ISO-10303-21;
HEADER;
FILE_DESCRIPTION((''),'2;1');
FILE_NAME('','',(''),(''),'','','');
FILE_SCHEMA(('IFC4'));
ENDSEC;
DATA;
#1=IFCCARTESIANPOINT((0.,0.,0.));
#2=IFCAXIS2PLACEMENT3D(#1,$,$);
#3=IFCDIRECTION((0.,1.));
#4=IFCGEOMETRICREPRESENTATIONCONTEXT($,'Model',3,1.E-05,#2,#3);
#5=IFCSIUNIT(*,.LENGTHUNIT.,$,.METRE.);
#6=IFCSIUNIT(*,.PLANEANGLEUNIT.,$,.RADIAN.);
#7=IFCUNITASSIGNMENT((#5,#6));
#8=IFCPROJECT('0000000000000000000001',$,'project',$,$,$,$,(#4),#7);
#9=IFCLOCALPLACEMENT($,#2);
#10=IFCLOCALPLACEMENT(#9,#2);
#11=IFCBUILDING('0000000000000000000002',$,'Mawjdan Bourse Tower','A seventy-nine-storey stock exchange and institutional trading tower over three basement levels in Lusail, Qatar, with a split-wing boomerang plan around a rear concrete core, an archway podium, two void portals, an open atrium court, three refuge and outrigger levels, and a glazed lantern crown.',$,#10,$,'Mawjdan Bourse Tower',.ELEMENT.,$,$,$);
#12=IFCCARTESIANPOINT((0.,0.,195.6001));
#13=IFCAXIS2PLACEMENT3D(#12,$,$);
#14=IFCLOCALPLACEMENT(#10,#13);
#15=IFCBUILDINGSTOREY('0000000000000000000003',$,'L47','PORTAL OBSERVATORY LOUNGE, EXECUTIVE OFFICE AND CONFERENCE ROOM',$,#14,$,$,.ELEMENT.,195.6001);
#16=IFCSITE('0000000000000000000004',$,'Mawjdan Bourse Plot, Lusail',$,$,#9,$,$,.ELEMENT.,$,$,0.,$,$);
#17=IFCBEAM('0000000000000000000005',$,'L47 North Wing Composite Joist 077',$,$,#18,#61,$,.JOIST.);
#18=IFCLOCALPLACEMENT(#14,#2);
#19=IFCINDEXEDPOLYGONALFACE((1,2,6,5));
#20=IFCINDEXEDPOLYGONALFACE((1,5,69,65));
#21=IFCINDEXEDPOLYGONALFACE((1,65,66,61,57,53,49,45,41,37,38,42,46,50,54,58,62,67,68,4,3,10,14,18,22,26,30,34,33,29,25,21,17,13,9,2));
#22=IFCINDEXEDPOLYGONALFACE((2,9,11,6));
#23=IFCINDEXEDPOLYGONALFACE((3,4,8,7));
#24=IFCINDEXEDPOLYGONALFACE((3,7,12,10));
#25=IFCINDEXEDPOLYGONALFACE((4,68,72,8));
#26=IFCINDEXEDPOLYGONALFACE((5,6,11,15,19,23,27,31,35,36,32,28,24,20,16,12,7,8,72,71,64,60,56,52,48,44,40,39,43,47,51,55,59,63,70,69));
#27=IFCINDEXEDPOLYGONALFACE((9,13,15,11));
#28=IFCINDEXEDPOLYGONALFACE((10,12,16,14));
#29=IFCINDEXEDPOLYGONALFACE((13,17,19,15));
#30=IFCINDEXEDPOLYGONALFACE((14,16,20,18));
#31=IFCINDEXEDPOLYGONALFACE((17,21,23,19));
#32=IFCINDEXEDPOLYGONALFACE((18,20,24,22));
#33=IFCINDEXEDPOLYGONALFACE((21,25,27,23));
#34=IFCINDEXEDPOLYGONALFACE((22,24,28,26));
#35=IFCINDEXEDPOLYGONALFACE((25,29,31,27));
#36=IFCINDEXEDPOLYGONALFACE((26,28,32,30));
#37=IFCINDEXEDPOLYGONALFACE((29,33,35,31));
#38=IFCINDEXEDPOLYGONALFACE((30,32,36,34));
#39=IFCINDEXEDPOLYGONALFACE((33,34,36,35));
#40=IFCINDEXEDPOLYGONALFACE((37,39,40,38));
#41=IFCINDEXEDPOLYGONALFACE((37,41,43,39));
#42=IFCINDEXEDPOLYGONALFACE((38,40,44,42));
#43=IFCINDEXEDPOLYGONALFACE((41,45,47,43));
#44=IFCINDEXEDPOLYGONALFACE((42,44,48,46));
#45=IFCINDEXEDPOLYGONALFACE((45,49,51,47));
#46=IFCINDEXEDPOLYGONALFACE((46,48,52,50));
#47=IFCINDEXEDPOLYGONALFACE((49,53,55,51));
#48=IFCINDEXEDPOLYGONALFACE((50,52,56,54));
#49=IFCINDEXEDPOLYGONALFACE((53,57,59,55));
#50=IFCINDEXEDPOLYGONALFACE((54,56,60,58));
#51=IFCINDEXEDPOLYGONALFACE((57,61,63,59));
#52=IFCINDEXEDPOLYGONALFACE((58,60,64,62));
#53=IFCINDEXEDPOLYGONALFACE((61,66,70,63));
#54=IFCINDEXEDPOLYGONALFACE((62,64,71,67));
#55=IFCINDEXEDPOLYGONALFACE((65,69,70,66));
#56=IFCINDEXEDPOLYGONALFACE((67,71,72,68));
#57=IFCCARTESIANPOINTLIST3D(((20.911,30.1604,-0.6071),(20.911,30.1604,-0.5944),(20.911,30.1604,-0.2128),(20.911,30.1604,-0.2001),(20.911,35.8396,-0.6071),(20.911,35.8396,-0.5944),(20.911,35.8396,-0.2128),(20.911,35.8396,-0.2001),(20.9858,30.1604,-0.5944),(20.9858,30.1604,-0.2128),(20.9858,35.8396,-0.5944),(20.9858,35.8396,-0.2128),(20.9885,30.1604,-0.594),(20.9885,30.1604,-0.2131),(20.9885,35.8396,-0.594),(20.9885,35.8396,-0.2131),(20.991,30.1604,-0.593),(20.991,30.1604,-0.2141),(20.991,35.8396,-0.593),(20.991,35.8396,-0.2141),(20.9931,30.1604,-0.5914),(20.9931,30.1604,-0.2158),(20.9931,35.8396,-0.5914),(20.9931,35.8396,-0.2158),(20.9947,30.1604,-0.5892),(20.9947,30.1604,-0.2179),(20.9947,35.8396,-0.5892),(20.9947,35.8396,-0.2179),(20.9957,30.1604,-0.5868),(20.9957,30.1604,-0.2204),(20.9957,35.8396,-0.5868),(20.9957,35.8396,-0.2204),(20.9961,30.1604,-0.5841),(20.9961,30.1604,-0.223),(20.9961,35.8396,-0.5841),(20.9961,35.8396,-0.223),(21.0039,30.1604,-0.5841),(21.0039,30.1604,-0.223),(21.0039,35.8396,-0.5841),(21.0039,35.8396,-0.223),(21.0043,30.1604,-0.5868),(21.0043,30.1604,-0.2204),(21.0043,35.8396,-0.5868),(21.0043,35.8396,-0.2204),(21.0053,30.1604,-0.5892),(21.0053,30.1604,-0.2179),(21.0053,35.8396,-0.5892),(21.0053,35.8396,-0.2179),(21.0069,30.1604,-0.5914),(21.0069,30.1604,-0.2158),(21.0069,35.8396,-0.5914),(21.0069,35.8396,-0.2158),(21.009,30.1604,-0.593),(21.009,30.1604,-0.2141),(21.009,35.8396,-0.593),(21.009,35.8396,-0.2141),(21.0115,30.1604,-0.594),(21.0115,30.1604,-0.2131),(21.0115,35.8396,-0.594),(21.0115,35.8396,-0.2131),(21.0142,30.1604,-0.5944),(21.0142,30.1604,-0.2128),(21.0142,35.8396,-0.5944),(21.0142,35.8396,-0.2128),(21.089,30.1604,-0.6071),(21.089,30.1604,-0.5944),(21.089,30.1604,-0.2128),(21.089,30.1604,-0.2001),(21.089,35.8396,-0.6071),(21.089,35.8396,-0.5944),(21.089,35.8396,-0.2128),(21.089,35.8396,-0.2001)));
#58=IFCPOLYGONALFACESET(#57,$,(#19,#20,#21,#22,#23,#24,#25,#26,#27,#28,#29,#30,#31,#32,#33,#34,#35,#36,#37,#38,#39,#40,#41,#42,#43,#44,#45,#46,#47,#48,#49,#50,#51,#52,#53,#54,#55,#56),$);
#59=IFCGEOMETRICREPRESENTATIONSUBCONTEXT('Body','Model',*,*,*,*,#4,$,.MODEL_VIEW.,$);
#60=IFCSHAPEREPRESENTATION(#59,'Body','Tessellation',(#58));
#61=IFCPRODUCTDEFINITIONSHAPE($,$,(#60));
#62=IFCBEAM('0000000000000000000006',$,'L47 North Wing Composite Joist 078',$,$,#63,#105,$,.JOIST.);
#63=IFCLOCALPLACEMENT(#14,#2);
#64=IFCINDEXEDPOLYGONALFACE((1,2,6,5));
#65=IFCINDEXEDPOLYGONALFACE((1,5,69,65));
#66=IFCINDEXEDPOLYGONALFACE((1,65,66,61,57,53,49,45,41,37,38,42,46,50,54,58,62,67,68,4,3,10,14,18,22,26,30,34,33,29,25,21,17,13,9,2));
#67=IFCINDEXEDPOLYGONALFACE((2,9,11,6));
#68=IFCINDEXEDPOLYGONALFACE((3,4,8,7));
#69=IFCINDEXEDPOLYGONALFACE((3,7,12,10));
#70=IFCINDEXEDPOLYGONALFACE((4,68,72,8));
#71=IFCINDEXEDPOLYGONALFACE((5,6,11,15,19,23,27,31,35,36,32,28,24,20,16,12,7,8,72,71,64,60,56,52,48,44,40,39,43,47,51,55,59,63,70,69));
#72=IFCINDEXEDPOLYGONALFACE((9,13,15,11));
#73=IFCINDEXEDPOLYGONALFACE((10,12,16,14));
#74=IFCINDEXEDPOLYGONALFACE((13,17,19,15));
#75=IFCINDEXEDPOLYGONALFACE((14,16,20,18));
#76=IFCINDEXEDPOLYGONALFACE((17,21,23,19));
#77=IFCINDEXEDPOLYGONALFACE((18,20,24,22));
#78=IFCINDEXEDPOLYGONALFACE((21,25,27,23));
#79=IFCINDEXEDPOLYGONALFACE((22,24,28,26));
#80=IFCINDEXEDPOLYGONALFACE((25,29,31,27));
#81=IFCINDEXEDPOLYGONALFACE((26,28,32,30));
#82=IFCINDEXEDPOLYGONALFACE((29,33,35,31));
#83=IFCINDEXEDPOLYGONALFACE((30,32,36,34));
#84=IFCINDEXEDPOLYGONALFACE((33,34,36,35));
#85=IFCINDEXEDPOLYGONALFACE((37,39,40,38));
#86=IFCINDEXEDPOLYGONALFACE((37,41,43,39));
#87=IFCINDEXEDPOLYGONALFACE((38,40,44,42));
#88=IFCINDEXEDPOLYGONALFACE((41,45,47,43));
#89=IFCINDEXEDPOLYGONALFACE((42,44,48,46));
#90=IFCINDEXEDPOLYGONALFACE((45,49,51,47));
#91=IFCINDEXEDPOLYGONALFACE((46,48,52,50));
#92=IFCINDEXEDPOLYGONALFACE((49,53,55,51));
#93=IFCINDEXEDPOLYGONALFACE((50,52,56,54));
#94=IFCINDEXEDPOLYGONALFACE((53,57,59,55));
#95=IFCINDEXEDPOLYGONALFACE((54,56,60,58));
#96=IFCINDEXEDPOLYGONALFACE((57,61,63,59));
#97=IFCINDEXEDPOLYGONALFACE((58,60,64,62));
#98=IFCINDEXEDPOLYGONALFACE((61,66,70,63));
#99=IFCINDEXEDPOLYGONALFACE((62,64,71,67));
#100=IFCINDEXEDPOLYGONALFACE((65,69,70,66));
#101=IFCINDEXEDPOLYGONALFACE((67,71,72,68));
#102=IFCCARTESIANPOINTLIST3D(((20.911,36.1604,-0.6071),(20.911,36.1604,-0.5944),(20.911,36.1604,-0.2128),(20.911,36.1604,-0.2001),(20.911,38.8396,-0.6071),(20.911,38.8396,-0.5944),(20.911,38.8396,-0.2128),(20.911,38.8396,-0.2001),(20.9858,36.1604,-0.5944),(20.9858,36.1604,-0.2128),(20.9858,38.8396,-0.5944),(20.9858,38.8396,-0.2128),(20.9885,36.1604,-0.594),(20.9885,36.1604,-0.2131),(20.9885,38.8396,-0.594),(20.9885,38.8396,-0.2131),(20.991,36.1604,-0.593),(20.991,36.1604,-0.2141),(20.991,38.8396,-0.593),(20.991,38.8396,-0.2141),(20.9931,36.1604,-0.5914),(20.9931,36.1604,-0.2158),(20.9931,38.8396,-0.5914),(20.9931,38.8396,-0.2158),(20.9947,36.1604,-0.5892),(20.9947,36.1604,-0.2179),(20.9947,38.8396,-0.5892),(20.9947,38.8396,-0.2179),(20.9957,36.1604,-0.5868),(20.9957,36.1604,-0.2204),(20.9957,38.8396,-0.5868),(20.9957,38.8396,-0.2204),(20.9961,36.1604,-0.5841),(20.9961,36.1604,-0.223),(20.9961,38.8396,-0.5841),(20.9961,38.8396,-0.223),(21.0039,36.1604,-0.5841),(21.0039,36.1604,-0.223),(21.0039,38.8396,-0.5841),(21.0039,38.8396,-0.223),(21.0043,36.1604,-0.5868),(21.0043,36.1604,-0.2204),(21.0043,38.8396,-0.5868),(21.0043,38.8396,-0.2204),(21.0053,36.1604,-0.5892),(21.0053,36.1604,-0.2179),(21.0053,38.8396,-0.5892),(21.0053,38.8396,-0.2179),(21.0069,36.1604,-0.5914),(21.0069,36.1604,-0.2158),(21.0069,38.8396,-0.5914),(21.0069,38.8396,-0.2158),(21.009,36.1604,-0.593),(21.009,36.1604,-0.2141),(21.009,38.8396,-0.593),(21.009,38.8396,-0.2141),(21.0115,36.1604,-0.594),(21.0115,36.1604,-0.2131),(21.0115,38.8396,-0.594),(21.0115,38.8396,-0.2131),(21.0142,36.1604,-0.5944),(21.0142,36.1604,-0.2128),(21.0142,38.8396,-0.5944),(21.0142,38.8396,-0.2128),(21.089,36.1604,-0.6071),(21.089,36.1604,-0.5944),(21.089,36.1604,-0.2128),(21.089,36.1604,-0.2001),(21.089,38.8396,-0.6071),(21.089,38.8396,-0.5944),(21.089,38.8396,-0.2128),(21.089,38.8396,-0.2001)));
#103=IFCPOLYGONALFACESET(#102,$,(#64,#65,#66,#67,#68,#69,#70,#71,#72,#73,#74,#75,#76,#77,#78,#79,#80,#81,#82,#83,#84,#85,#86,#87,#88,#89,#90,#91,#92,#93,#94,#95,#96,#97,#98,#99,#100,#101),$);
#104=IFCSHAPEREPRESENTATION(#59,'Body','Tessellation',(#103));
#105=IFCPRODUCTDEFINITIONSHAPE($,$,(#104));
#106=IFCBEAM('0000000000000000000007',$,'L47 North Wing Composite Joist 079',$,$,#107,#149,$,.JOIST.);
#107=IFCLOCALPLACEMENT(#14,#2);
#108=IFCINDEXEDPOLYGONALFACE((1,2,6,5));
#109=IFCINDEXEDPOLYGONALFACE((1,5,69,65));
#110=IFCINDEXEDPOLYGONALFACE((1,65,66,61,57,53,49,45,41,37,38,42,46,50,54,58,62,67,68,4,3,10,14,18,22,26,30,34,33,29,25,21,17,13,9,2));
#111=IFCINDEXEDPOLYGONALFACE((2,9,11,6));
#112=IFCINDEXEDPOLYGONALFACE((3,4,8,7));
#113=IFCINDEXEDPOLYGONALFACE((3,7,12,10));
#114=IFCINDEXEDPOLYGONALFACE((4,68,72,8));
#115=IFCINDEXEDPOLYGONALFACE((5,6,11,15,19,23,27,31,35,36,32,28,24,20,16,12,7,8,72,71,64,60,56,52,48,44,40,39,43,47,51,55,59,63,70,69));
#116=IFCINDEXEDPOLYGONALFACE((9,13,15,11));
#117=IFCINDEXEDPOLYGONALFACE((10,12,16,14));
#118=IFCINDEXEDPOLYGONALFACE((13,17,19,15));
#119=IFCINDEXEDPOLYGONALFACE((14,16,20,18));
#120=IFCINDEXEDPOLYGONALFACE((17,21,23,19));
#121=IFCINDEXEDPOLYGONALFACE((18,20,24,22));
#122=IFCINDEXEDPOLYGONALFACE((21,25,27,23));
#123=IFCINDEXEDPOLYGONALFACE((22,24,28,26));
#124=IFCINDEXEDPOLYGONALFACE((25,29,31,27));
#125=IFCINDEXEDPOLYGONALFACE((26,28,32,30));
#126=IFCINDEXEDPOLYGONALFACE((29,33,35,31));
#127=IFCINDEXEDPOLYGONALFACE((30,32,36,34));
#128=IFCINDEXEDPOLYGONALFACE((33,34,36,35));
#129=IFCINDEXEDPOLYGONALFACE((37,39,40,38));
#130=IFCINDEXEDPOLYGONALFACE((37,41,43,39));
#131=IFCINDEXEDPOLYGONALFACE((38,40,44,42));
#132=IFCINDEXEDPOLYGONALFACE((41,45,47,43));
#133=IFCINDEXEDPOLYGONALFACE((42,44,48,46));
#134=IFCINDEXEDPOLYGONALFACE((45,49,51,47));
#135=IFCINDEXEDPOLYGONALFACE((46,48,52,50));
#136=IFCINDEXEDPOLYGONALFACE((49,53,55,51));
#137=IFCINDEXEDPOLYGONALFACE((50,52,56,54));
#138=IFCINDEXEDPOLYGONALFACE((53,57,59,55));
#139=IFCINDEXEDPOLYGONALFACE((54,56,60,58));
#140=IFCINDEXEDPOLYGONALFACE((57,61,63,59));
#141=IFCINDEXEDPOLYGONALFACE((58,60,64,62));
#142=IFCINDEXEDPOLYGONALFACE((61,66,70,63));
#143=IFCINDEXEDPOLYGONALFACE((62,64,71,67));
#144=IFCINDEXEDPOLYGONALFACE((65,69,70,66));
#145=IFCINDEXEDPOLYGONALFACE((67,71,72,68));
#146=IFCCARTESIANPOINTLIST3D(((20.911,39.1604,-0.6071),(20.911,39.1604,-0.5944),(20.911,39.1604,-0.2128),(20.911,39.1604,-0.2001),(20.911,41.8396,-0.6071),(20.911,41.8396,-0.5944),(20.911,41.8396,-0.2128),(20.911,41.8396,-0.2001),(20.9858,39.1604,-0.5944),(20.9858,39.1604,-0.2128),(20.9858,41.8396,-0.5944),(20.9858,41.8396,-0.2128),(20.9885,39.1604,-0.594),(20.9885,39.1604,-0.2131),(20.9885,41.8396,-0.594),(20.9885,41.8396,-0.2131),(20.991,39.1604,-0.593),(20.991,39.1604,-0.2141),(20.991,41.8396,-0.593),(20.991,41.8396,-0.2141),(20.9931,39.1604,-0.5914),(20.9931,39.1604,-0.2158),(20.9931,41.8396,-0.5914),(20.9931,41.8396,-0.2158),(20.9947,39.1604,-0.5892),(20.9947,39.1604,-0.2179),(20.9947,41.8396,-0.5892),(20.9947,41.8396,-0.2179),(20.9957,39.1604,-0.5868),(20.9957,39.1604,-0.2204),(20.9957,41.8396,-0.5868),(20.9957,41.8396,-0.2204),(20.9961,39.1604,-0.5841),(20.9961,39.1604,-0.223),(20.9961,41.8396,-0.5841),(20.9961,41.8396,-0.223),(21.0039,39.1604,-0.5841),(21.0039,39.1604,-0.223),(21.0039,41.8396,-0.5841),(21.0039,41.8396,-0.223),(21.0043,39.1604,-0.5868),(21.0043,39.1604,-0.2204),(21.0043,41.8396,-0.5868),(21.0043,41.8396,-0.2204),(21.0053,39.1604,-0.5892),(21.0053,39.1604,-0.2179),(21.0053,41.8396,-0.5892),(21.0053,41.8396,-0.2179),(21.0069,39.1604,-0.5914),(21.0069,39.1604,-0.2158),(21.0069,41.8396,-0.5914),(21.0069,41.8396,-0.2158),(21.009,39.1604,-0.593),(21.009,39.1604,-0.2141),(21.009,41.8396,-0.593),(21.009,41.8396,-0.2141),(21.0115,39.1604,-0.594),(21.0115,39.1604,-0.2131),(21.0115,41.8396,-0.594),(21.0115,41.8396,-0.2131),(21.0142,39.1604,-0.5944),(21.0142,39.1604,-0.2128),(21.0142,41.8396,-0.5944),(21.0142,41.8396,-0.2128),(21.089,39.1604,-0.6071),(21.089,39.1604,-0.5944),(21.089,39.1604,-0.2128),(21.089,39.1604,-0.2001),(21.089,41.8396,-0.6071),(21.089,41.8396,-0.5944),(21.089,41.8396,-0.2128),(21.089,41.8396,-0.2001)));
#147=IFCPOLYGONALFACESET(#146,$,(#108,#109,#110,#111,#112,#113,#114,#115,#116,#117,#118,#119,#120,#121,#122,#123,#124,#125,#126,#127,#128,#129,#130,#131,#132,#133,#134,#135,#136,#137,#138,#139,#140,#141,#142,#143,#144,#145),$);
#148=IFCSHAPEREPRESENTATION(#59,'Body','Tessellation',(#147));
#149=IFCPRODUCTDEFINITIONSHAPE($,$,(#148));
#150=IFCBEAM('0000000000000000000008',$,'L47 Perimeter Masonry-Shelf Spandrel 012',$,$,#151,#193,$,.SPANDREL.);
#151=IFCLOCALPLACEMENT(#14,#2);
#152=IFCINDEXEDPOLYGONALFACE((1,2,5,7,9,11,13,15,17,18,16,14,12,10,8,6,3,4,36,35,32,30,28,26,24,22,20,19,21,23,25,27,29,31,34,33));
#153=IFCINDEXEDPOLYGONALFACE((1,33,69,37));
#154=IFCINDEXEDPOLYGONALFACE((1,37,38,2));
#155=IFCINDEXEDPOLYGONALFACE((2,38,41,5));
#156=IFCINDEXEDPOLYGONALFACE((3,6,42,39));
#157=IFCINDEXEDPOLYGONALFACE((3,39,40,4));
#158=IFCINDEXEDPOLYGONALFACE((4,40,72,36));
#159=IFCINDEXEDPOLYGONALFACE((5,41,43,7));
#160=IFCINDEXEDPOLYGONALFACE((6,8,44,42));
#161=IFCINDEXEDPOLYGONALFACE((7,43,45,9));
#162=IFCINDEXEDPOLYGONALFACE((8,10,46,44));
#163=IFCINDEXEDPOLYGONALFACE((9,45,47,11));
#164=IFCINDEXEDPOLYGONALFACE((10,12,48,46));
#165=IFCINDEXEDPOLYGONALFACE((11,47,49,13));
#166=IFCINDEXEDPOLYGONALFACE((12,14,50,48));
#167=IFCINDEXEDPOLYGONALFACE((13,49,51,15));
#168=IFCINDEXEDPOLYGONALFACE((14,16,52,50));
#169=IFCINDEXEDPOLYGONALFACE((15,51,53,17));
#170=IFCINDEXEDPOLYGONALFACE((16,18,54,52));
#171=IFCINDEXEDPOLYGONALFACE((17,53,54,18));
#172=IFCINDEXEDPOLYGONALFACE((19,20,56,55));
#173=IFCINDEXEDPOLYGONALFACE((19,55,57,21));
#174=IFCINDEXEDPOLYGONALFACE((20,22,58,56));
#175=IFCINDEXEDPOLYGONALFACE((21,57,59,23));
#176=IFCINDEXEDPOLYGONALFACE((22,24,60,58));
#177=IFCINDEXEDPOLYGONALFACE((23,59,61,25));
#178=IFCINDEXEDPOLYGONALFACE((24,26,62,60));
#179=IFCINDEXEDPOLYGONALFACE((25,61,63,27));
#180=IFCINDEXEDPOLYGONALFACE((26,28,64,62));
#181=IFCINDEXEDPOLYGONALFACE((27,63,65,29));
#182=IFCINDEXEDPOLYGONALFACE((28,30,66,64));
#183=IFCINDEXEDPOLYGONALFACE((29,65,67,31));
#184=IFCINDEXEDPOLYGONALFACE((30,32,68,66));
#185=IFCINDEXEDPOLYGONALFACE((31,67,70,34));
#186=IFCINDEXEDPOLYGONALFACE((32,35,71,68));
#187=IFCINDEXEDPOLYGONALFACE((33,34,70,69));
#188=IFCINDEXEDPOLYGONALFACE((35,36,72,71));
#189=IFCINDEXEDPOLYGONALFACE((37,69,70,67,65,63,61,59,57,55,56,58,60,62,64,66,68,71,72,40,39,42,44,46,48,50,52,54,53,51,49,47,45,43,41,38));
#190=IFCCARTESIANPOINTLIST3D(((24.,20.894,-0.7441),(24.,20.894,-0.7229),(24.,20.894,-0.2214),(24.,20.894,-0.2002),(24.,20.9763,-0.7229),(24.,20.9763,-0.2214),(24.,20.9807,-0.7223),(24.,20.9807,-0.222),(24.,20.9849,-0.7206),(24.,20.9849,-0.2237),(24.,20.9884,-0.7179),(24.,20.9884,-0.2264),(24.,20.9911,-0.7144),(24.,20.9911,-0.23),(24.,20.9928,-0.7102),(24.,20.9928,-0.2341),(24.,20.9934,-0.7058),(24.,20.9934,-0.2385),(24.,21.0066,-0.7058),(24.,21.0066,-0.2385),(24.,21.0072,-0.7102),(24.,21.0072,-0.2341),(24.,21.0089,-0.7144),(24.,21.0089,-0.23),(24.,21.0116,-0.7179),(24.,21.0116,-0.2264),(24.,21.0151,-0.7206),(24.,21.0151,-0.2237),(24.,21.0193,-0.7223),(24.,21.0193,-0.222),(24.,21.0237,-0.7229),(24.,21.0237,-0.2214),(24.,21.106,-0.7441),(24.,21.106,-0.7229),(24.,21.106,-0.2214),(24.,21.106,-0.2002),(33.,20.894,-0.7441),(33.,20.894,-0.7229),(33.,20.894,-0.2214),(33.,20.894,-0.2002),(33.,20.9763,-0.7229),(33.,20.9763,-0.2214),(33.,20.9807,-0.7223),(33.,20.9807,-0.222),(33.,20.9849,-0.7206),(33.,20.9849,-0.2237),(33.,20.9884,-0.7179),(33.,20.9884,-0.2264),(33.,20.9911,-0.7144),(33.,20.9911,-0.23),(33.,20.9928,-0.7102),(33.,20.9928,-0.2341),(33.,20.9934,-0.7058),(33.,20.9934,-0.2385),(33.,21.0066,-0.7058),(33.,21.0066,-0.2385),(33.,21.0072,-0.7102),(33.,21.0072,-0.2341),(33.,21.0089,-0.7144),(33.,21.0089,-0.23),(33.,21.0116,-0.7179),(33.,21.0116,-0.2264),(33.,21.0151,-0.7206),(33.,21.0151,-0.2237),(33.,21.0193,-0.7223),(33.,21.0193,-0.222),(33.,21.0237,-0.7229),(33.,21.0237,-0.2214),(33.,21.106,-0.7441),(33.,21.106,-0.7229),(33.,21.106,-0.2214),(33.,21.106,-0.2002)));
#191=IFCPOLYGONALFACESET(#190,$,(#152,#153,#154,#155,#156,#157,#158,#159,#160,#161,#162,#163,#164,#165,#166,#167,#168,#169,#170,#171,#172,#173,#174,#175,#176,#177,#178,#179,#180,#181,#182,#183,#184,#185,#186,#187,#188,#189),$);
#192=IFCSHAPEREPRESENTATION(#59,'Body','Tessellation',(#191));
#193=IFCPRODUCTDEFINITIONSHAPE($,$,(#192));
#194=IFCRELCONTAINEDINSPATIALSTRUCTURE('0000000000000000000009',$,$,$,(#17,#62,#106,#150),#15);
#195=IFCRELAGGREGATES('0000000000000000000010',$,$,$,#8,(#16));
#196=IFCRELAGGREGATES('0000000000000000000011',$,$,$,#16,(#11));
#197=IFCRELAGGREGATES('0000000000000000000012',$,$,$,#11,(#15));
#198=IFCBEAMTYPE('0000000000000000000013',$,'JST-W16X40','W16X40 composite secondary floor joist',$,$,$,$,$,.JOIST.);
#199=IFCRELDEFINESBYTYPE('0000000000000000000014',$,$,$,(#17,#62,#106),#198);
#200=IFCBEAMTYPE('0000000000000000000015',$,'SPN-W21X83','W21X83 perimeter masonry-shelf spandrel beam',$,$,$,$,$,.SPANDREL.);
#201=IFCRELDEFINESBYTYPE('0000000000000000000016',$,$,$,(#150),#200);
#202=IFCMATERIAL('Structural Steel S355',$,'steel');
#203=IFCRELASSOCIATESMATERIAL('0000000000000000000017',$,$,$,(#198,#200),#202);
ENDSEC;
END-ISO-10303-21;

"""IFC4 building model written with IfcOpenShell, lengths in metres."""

from ifc_helpers import new_model, si_unit, direction, frame, origin, origin_2d, place, context, subcontext, project, spatial, i_section, extrude, material, material_profile, profile_set, type_object, element, save


model = new_model("IFC4")

# Units and contexts
model_context = context("Model", 3, precision=1e-05, world=origin(), true_north=direction((0.0, 1.0)))
body_context = subcontext(model_context, "Body", "Model", "MODEL_VIEW")
ifc_project = project(units=[si_unit("LENGTHUNIT", "METRE"), si_unit("PLANEANGLEUNIT", "RADIAN")], contexts=[model_context])

# Site, building, storey
site_placement = place(None, origin())
site = spatial("IfcSite", under=ifc_project, at=site_placement, Name="Mawjdan Bourse Plot, Lusail", CompositionType="ELEMENT", RefElevation=0.0)
building_placement = place(site_placement, origin())
building = spatial("IfcBuilding", under=site, at=building_placement, Name="Mawjdan Bourse Tower", Description="A seventy-nine-storey stock exchange and institutional trading tower over three basement levels in Lusail, Qatar, with a split-wing boomerang plan around a rear concrete core, an archway podium, two void portals, an open atrium court, three refuge and outrigger levels, and a glazed lantern crown.", LongName="Mawjdan Bourse Tower", CompositionType="ELEMENT")
storey_placement = place(building_placement, frame((0.0, 0.0, 195.6001)))
storey = spatial("IfcBuildingStorey", under=building, at=storey_placement, Name="L47", Description="PORTAL OBSERVATORY LOUNGE, EXECUTIVE OFFICE AND CONFERENCE ROOM", CompositionType="ELEMENT", Elevation=195.6001)

# Beams
ifc_material_1 = material(Name="Structural Steel S355", Category="steel")
ifc_material_profile_1 = material_profile(ifc_material_1, i_section(OverallWidth=0.178, OverallDepth=0.407, WebThickness=0.0078, FlangeThickness=0.0127, FilletRadius=0.0103, at=origin_2d()), Name="W16X40")
ifc_profile_set_1 = profile_set([ifc_material_profile_1], Name="Structural Steel S355")
beam_type_1 = type_object("IfcBeamType", Name="JST-W16X40", Description="W16X40 composite secondary floor joist", PredefinedType="JOIST", material=ifc_profile_set_1)
for number, where, z_axis, x_axis, name in (
    (1, (21.0, 30.1604, -0.4036), (0.0, 1.0, 0.0), (-1.0, 0.0, 0.0), "L47 North Wing Composite Joist 077"),
):
    element("IfcBeam", number, at=place(storey_placement, frame(where, z_axis=z_axis, x_axis=x_axis)), inside=storey, type_object=beam_type_1, Name=name, PredefinedType="JOIST", context=body_context, shape_type="SweptSolid", body=[
        extrude(i_section(OverallWidth=0.178, OverallDepth=0.407, WebThickness=0.0078, FlangeThickness=0.0127, FilletRadius=0.0103, at=origin_2d()), origin(), (0.0, 0.0, 1.0), 5.6792),
    ])
for number, where, z_axis, x_axis, name in (
    (2, (21.0, 36.1604, -0.4036), (0.0, 1.0, 0.0), (-1.0, 0.0, 0.0), "L47 North Wing Composite Joist 078"),
    (3, (21.0, 39.1604, -0.4036), (0.0, 1.0, 0.0), (-1.0, 0.0, 0.0), "L47 North Wing Composite Joist 079"),
):
    element("IfcBeam", number, at=place(storey_placement, frame(where, z_axis=z_axis, x_axis=x_axis)), inside=storey, type_object=beam_type_1, Name=name, PredefinedType="JOIST", context=body_context, shape_type="SweptSolid", body=[
        extrude(i_section(OverallWidth=0.178, OverallDepth=0.407, WebThickness=0.0078, FlangeThickness=0.0127, FilletRadius=0.0103, at=origin_2d()), origin(), (0.0, 0.0, 1.0), 2.6792),
    ])
ifc_material_profile_2 = material_profile(ifc_material_1, i_section(OverallWidth=0.2119, OverallDepth=0.5439, WebThickness=0.0132, FlangeThickness=0.0212, FilletRadius=0.0171, at=origin_2d()), Name="W21X83")
ifc_profile_set_2 = profile_set([ifc_material_profile_2], Name="Structural Steel S355")
beam_type_2 = type_object("IfcBeamType", Name="SPN-W21X83", Description="W21X83 perimeter masonry-shelf spandrel beam", PredefinedType="SPANDREL", material=ifc_profile_set_2)
beam_1_placement = place(storey_placement, frame((24.0, 21.0, -0.4722), z_axis=(1.0, 0.0, 0.0), x_axis=(0.0, 1.0, 0.0)))
element("IfcBeam", 4, at=beam_1_placement, inside=storey, type_object=beam_type_2, Name="L47 Perimeter Masonry-Shelf Spandrel 012", PredefinedType="SPANDREL", context=body_context, shape_type="SweptSolid", body=[
    extrude(i_section(OverallWidth=0.2119, OverallDepth=0.5439, WebThickness=0.0132, FlangeThickness=0.0212, FilletRadius=0.0171, at=origin_2d()), origin(), (0.0, 0.0, 1.0), 9.0),
])

save(model, "model.ifc")
